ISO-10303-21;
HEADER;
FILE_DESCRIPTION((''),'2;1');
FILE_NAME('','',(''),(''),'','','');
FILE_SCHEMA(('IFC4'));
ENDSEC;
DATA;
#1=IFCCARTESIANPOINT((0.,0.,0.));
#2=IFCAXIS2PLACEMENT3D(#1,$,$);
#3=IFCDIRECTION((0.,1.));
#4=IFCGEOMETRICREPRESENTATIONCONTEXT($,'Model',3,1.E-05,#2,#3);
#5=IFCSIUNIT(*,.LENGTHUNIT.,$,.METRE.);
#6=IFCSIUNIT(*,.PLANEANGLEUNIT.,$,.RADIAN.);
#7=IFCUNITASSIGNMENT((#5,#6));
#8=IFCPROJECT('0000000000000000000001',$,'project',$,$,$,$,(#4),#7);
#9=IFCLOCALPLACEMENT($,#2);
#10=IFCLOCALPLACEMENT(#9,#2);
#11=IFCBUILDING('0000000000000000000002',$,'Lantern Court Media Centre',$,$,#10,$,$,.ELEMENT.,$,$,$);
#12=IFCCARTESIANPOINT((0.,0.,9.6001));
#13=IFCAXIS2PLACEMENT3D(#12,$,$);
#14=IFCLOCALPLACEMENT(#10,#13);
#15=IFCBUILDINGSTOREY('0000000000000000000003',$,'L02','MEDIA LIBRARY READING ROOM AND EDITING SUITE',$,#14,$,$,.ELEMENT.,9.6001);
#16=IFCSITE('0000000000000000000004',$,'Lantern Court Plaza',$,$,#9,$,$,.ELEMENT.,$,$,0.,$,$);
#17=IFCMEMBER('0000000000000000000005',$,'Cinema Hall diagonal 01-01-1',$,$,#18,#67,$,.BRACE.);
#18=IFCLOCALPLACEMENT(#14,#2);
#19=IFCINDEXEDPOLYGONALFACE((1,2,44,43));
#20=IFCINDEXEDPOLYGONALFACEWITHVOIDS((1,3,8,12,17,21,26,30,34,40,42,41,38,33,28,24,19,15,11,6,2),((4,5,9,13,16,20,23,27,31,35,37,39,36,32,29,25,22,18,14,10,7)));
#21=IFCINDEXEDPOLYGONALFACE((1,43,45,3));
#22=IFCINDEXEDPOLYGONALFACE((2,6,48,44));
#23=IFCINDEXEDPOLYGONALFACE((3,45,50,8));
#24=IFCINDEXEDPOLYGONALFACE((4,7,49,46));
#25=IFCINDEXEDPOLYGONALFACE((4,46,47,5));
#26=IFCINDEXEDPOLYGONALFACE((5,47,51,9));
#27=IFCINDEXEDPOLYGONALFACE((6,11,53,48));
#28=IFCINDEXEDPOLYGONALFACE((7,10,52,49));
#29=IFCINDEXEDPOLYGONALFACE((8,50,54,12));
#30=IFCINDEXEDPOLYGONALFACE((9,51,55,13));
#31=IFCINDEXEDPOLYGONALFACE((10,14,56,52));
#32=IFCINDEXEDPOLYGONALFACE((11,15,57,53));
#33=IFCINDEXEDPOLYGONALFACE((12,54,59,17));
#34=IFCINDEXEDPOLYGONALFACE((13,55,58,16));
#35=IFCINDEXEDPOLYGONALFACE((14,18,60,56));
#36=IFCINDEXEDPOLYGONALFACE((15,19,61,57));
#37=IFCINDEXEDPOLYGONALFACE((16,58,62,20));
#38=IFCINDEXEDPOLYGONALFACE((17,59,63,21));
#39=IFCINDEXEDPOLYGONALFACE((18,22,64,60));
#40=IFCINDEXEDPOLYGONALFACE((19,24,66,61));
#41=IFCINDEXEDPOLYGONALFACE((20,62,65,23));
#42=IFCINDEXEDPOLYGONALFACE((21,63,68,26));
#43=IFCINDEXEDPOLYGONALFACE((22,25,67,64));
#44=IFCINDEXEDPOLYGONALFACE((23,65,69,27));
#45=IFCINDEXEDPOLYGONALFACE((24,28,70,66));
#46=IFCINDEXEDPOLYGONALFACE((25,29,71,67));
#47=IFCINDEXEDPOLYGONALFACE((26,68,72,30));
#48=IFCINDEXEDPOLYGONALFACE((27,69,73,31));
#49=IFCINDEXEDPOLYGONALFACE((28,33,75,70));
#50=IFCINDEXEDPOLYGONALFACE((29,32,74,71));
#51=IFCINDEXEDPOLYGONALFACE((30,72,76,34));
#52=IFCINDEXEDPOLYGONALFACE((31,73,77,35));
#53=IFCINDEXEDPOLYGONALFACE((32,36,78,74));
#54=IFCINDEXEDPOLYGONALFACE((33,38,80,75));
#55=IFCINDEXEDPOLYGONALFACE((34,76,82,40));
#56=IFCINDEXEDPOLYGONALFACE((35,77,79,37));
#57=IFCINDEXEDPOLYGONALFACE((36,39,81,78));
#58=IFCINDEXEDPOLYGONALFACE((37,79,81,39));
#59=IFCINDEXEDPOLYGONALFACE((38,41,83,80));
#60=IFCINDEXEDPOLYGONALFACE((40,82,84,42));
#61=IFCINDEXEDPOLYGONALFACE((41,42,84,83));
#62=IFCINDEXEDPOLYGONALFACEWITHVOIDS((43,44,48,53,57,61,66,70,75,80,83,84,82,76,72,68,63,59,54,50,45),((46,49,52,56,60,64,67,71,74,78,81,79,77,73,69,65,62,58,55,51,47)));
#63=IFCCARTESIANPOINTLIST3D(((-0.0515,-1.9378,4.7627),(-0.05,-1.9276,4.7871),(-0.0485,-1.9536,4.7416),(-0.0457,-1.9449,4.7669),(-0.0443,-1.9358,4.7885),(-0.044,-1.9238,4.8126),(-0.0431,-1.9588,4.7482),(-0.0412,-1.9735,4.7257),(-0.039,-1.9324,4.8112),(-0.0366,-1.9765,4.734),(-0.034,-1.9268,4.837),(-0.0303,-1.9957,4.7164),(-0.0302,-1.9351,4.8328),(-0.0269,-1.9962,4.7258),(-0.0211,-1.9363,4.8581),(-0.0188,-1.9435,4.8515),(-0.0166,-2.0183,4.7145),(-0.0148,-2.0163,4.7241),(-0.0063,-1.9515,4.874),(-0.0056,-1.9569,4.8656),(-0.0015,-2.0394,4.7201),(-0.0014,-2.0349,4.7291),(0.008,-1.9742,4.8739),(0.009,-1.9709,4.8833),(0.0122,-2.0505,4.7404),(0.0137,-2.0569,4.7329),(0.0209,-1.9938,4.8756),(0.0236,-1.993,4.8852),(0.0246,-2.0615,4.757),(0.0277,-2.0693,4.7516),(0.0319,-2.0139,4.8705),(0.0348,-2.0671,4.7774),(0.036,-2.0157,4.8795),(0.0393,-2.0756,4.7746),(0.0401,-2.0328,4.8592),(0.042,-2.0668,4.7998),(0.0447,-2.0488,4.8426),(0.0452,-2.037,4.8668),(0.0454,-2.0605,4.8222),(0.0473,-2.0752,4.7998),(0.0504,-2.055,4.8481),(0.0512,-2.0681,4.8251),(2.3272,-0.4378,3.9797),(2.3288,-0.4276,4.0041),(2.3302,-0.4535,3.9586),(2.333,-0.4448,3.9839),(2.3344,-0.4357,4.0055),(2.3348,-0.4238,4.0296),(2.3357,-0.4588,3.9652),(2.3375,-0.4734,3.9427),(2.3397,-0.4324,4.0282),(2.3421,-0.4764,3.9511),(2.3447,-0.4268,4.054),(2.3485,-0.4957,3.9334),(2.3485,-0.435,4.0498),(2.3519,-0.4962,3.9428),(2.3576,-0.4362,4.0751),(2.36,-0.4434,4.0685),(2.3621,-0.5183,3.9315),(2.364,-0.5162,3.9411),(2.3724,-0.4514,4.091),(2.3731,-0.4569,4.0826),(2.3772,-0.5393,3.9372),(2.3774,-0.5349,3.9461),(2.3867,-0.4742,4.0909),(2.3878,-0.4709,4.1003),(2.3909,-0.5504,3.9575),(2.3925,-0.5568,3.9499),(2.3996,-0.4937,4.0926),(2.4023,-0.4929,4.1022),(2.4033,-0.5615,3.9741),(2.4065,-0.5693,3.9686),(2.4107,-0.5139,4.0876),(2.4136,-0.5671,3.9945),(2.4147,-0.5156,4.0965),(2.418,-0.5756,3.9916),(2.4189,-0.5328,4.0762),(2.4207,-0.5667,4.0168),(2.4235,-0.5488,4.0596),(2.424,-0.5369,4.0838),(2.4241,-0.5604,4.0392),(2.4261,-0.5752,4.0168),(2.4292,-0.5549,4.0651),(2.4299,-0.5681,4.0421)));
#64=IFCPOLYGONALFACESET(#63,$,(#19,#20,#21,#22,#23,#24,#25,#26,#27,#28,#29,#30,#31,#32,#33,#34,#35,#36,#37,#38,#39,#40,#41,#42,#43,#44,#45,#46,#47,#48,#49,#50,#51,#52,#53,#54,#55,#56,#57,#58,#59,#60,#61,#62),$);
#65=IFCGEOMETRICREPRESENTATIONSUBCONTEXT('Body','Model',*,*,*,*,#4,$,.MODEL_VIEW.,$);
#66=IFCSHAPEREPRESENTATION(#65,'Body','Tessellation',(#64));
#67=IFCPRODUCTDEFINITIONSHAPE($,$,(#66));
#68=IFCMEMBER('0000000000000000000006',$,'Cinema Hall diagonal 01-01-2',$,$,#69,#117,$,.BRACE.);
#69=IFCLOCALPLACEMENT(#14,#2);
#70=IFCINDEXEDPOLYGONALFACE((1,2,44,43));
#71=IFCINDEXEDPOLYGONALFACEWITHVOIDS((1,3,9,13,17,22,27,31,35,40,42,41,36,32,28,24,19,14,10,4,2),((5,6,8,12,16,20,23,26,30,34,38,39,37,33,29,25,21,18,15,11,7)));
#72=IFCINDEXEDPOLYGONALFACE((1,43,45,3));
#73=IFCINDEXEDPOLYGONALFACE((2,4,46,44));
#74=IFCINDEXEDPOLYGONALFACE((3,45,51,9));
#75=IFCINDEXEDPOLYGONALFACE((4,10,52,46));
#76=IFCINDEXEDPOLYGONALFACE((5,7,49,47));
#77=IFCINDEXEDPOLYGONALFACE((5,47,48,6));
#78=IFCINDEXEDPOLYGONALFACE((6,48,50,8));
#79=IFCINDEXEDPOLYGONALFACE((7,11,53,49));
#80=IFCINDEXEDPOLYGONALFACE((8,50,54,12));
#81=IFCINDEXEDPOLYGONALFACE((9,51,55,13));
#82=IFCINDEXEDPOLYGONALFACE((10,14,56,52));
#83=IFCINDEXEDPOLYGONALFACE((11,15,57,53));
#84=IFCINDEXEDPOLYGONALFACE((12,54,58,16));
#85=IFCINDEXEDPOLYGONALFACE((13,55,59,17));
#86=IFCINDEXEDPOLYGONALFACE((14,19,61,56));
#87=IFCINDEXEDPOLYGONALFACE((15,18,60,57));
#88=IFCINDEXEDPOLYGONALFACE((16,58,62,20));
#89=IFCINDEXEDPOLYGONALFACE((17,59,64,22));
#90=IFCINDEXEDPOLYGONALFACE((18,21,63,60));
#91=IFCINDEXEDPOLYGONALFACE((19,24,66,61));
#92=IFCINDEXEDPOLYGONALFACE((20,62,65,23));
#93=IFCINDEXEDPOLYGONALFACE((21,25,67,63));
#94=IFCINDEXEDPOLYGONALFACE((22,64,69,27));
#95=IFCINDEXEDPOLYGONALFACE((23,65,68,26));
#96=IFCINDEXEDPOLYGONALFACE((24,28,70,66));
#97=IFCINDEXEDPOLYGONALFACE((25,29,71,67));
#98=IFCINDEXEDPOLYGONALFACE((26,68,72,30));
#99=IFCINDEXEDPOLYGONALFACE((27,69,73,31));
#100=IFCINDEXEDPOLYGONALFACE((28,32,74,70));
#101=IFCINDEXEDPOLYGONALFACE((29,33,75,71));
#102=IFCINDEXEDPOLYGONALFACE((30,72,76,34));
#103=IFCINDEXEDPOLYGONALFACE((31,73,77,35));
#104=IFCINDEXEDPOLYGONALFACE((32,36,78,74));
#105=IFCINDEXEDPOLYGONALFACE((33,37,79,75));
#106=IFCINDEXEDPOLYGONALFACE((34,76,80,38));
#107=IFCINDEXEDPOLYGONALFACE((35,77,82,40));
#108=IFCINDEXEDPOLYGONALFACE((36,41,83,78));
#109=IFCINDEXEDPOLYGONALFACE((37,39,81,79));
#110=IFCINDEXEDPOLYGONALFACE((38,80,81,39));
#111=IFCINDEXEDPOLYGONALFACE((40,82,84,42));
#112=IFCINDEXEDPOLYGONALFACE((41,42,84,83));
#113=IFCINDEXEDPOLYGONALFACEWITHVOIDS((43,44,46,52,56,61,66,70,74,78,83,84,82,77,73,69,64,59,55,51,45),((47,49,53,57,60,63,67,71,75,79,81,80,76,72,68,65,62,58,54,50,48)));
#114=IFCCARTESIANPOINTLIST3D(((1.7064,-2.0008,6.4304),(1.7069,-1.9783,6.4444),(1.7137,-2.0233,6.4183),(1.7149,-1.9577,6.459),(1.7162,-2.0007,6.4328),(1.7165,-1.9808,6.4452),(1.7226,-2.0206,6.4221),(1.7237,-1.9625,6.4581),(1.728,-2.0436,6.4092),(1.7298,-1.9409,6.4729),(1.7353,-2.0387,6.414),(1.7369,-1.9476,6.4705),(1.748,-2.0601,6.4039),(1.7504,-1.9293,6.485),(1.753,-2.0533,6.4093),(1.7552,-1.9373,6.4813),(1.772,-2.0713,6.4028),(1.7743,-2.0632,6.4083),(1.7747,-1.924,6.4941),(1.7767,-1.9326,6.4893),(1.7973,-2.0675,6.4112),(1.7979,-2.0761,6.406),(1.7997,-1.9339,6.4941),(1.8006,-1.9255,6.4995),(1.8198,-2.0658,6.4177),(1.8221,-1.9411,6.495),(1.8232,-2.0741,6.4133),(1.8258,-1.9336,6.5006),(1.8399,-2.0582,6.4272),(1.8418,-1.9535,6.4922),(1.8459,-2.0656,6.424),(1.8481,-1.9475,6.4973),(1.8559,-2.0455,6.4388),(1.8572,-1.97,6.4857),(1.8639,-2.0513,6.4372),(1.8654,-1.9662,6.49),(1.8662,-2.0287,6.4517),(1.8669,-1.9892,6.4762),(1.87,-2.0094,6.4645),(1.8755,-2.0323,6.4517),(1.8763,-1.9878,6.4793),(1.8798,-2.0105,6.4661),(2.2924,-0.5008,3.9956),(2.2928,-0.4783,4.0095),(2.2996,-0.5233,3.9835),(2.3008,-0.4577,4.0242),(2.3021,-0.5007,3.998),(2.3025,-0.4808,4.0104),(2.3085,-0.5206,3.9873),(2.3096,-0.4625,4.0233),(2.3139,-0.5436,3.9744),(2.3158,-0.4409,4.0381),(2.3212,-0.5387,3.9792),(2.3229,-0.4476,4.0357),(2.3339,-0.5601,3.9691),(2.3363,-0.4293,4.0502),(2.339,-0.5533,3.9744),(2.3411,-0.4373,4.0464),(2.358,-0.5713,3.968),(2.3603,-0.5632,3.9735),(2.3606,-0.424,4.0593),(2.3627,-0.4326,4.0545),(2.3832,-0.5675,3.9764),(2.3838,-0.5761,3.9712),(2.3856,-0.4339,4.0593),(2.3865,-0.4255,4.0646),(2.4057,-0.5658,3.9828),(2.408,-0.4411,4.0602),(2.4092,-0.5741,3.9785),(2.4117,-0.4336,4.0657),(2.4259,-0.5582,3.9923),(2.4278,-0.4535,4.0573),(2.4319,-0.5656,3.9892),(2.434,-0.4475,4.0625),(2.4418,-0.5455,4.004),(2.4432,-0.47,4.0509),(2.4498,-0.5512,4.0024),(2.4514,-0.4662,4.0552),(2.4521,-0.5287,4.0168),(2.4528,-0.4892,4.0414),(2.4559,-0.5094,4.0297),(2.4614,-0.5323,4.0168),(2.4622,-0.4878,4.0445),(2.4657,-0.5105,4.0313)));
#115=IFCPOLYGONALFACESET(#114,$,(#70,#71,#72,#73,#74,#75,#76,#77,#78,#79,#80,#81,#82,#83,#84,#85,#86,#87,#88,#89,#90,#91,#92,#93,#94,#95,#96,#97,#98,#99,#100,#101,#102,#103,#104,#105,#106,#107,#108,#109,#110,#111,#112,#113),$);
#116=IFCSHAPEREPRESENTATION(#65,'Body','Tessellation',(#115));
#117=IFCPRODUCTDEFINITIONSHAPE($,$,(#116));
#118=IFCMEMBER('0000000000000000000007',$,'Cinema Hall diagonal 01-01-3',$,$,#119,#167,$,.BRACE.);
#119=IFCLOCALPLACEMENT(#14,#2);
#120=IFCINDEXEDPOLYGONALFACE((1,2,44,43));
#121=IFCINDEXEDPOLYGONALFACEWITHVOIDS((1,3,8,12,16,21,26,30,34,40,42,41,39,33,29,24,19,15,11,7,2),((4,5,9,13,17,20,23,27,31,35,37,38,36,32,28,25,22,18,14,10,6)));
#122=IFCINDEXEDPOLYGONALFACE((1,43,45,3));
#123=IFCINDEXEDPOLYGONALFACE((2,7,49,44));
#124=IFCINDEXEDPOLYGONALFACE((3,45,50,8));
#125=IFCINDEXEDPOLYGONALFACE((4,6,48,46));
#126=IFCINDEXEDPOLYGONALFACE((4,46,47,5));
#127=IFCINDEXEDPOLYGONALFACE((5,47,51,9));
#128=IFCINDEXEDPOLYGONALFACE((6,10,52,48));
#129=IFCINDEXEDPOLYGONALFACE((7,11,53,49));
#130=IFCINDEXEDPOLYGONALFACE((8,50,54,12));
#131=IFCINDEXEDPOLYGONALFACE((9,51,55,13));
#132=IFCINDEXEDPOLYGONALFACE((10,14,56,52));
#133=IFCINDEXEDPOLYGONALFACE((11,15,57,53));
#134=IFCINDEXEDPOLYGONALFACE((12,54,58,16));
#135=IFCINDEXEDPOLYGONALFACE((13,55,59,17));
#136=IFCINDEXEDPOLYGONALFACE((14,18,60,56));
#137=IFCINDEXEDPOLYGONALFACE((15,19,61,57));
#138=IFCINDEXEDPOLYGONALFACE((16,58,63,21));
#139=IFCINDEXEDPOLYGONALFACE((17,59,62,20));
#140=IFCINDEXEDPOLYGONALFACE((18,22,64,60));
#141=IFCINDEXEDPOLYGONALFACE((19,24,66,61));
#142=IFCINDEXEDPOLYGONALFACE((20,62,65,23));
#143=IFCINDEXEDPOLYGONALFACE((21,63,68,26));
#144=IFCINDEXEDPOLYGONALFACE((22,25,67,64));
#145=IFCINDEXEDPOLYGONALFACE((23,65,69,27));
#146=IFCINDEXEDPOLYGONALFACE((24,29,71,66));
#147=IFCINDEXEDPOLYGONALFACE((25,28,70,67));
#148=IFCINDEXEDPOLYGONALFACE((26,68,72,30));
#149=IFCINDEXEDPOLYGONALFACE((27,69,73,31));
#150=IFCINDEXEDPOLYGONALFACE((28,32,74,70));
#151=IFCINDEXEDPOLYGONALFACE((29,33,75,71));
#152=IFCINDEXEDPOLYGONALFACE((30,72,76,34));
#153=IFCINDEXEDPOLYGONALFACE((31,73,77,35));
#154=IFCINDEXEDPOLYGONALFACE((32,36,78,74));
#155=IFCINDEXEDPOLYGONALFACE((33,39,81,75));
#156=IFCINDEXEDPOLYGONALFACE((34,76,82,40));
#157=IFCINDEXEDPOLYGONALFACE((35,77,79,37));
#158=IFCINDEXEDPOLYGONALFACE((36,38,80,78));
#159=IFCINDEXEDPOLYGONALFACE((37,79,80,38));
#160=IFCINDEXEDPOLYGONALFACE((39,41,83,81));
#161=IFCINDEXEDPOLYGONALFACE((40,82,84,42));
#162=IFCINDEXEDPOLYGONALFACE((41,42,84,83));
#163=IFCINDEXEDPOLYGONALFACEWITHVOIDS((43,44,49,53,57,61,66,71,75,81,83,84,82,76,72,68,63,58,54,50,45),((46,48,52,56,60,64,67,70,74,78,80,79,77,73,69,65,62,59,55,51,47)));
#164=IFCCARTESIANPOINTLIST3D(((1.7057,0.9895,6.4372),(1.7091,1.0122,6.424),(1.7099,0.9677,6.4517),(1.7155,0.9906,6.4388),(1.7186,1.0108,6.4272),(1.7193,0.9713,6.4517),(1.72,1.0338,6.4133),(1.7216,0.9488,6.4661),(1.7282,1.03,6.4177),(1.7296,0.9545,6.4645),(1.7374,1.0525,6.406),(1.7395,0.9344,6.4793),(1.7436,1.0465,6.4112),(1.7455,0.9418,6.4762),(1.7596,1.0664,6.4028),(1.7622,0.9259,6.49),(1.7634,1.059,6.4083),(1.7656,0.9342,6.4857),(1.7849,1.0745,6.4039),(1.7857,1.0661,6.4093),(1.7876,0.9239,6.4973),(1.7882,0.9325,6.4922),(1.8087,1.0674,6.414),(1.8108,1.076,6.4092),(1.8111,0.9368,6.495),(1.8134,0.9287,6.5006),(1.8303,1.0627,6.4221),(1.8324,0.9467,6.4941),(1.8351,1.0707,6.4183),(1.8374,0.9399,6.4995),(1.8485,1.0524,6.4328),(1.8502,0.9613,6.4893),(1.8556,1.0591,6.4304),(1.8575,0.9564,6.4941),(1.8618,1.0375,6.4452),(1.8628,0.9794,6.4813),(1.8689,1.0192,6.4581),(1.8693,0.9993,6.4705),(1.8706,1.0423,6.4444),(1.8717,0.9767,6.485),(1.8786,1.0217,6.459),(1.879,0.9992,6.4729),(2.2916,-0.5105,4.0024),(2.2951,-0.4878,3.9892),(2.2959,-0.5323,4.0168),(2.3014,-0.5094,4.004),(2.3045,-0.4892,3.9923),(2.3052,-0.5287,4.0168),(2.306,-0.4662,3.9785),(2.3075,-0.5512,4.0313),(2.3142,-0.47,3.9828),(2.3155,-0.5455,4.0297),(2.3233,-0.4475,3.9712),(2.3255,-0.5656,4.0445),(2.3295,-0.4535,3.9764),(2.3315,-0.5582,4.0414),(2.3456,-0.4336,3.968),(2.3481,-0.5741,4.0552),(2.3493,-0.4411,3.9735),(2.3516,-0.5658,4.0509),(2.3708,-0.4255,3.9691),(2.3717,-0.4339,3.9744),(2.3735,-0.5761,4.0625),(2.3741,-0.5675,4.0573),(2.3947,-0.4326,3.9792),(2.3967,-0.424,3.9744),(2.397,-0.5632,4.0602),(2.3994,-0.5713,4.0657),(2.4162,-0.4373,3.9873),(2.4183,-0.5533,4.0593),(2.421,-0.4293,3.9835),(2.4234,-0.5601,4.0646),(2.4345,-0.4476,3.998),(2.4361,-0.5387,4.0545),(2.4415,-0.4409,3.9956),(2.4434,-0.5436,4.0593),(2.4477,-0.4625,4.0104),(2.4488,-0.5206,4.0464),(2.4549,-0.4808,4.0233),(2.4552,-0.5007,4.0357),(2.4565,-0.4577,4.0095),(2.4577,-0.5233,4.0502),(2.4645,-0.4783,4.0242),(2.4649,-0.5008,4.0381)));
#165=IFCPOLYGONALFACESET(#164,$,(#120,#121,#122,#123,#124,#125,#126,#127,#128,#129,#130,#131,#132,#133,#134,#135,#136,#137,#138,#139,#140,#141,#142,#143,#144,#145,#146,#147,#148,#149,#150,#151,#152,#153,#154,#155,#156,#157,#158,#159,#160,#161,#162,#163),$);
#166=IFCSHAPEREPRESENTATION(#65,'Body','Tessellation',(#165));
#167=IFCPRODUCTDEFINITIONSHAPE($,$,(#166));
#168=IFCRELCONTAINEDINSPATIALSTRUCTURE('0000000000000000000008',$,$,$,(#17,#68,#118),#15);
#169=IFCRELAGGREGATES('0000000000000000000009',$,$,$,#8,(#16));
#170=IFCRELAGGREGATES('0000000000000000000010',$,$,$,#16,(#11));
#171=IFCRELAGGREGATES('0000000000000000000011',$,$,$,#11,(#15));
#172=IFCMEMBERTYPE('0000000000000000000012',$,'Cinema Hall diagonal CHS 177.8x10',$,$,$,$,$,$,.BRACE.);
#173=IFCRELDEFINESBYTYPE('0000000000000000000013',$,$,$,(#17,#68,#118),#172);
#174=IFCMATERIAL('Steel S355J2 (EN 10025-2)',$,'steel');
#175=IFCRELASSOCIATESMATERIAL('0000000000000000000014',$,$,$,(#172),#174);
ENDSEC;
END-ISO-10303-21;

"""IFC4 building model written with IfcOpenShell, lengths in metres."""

from ifc_helpers import new_model, si_unit, direction, frame, origin, origin_2d, place, context, subcontext, project, spatial, hollow_circle, extrude, material, material_profile, profile_set, type_object, element, save


model = new_model("IFC4")

# Units and contexts
model_context = context("Model", 3, precision=1e-05, world=origin(), true_north=direction((0.0, 1.0)))
body_context = subcontext(model_context, "Body", "Model", "MODEL_VIEW")
ifc_project = project(units=[si_unit("LENGTHUNIT", "METRE"), si_unit("PLANEANGLEUNIT", "RADIAN")], contexts=[model_context])

# Site, building, storey
site_placement = place(None, origin())
site = spatial("IfcSite", under=ifc_project, at=site_placement, Name="Lantern Court Plaza", CompositionType="ELEMENT", RefElevation=0.0)
building_placement = place(site_placement, origin())
building = spatial("IfcBuilding", under=site, at=building_placement, Name="Lantern Court Media Centre", CompositionType="ELEMENT")
storey_placement = place(building_placement, frame((0.0, 0.0, 9.6001)))
storey = spatial("IfcBuildingStorey", under=building, at=storey_placement, Name="L02", Description="MEDIA LIBRARY READING ROOM AND EDITING SUITE", CompositionType="ELEMENT", Elevation=9.6001)

# Members
ifc_material = material(Name="Steel S355J2 (EN 10025-2)", Category="steel")
ifc_material_profile_1 = material_profile(ifc_material, hollow_circle(Radius=0.0889, WallThickness=0.01, at=origin_2d()), Name="Cinema Hall diagonal CHS 177.8x10")
ifc_profile_set_1 = profile_set([ifc_material_profile_1], Name="Steel S355J2 (EN 10025-2)")
member_type_1 = type_object("IfcMemberType", Name="Cinema Hall diagonal CHS 177.8x10", PredefinedType="BRACE", material=ifc_profile_set_1)
for number, where, z_axis, x_axis, name in (
    (1, (2.3787, -0.5, 4.0168), (-0.814866, -0.51386, 0.268221), (0.533405, -0.84586, 0.0), "Cinema Hall diagonal 01-01-1"),
    (2, (2.3787, -0.5, 4.0168), (-0.20072, -0.513842, 0.834073), (0.931457, -0.363851, 0.0), "Cinema Hall diagonal 01-01-2"),
    (3, (2.3787, -0.5, 4.0168), (-0.20072, 0.513842, 0.834073), (-0.931457, -0.363851, 0.0), "Cinema Hall diagonal 01-01-3"),
):
    element("IfcMember", number, at=place(storey_placement, frame(where, z_axis=z_axis, x_axis=x_axis)), inside=storey, type_object=member_type_1, Name=name, PredefinedType="BRACE", context=body_context, shape_type="SweptSolid", body=[
        extrude(hollow_circle(Radius=0.0889, WallThickness=0.01, at=origin_2d()), origin(), (0.0, 0.0, 1.0), 2.9192),
    ])

save(model, "model.ifc")
